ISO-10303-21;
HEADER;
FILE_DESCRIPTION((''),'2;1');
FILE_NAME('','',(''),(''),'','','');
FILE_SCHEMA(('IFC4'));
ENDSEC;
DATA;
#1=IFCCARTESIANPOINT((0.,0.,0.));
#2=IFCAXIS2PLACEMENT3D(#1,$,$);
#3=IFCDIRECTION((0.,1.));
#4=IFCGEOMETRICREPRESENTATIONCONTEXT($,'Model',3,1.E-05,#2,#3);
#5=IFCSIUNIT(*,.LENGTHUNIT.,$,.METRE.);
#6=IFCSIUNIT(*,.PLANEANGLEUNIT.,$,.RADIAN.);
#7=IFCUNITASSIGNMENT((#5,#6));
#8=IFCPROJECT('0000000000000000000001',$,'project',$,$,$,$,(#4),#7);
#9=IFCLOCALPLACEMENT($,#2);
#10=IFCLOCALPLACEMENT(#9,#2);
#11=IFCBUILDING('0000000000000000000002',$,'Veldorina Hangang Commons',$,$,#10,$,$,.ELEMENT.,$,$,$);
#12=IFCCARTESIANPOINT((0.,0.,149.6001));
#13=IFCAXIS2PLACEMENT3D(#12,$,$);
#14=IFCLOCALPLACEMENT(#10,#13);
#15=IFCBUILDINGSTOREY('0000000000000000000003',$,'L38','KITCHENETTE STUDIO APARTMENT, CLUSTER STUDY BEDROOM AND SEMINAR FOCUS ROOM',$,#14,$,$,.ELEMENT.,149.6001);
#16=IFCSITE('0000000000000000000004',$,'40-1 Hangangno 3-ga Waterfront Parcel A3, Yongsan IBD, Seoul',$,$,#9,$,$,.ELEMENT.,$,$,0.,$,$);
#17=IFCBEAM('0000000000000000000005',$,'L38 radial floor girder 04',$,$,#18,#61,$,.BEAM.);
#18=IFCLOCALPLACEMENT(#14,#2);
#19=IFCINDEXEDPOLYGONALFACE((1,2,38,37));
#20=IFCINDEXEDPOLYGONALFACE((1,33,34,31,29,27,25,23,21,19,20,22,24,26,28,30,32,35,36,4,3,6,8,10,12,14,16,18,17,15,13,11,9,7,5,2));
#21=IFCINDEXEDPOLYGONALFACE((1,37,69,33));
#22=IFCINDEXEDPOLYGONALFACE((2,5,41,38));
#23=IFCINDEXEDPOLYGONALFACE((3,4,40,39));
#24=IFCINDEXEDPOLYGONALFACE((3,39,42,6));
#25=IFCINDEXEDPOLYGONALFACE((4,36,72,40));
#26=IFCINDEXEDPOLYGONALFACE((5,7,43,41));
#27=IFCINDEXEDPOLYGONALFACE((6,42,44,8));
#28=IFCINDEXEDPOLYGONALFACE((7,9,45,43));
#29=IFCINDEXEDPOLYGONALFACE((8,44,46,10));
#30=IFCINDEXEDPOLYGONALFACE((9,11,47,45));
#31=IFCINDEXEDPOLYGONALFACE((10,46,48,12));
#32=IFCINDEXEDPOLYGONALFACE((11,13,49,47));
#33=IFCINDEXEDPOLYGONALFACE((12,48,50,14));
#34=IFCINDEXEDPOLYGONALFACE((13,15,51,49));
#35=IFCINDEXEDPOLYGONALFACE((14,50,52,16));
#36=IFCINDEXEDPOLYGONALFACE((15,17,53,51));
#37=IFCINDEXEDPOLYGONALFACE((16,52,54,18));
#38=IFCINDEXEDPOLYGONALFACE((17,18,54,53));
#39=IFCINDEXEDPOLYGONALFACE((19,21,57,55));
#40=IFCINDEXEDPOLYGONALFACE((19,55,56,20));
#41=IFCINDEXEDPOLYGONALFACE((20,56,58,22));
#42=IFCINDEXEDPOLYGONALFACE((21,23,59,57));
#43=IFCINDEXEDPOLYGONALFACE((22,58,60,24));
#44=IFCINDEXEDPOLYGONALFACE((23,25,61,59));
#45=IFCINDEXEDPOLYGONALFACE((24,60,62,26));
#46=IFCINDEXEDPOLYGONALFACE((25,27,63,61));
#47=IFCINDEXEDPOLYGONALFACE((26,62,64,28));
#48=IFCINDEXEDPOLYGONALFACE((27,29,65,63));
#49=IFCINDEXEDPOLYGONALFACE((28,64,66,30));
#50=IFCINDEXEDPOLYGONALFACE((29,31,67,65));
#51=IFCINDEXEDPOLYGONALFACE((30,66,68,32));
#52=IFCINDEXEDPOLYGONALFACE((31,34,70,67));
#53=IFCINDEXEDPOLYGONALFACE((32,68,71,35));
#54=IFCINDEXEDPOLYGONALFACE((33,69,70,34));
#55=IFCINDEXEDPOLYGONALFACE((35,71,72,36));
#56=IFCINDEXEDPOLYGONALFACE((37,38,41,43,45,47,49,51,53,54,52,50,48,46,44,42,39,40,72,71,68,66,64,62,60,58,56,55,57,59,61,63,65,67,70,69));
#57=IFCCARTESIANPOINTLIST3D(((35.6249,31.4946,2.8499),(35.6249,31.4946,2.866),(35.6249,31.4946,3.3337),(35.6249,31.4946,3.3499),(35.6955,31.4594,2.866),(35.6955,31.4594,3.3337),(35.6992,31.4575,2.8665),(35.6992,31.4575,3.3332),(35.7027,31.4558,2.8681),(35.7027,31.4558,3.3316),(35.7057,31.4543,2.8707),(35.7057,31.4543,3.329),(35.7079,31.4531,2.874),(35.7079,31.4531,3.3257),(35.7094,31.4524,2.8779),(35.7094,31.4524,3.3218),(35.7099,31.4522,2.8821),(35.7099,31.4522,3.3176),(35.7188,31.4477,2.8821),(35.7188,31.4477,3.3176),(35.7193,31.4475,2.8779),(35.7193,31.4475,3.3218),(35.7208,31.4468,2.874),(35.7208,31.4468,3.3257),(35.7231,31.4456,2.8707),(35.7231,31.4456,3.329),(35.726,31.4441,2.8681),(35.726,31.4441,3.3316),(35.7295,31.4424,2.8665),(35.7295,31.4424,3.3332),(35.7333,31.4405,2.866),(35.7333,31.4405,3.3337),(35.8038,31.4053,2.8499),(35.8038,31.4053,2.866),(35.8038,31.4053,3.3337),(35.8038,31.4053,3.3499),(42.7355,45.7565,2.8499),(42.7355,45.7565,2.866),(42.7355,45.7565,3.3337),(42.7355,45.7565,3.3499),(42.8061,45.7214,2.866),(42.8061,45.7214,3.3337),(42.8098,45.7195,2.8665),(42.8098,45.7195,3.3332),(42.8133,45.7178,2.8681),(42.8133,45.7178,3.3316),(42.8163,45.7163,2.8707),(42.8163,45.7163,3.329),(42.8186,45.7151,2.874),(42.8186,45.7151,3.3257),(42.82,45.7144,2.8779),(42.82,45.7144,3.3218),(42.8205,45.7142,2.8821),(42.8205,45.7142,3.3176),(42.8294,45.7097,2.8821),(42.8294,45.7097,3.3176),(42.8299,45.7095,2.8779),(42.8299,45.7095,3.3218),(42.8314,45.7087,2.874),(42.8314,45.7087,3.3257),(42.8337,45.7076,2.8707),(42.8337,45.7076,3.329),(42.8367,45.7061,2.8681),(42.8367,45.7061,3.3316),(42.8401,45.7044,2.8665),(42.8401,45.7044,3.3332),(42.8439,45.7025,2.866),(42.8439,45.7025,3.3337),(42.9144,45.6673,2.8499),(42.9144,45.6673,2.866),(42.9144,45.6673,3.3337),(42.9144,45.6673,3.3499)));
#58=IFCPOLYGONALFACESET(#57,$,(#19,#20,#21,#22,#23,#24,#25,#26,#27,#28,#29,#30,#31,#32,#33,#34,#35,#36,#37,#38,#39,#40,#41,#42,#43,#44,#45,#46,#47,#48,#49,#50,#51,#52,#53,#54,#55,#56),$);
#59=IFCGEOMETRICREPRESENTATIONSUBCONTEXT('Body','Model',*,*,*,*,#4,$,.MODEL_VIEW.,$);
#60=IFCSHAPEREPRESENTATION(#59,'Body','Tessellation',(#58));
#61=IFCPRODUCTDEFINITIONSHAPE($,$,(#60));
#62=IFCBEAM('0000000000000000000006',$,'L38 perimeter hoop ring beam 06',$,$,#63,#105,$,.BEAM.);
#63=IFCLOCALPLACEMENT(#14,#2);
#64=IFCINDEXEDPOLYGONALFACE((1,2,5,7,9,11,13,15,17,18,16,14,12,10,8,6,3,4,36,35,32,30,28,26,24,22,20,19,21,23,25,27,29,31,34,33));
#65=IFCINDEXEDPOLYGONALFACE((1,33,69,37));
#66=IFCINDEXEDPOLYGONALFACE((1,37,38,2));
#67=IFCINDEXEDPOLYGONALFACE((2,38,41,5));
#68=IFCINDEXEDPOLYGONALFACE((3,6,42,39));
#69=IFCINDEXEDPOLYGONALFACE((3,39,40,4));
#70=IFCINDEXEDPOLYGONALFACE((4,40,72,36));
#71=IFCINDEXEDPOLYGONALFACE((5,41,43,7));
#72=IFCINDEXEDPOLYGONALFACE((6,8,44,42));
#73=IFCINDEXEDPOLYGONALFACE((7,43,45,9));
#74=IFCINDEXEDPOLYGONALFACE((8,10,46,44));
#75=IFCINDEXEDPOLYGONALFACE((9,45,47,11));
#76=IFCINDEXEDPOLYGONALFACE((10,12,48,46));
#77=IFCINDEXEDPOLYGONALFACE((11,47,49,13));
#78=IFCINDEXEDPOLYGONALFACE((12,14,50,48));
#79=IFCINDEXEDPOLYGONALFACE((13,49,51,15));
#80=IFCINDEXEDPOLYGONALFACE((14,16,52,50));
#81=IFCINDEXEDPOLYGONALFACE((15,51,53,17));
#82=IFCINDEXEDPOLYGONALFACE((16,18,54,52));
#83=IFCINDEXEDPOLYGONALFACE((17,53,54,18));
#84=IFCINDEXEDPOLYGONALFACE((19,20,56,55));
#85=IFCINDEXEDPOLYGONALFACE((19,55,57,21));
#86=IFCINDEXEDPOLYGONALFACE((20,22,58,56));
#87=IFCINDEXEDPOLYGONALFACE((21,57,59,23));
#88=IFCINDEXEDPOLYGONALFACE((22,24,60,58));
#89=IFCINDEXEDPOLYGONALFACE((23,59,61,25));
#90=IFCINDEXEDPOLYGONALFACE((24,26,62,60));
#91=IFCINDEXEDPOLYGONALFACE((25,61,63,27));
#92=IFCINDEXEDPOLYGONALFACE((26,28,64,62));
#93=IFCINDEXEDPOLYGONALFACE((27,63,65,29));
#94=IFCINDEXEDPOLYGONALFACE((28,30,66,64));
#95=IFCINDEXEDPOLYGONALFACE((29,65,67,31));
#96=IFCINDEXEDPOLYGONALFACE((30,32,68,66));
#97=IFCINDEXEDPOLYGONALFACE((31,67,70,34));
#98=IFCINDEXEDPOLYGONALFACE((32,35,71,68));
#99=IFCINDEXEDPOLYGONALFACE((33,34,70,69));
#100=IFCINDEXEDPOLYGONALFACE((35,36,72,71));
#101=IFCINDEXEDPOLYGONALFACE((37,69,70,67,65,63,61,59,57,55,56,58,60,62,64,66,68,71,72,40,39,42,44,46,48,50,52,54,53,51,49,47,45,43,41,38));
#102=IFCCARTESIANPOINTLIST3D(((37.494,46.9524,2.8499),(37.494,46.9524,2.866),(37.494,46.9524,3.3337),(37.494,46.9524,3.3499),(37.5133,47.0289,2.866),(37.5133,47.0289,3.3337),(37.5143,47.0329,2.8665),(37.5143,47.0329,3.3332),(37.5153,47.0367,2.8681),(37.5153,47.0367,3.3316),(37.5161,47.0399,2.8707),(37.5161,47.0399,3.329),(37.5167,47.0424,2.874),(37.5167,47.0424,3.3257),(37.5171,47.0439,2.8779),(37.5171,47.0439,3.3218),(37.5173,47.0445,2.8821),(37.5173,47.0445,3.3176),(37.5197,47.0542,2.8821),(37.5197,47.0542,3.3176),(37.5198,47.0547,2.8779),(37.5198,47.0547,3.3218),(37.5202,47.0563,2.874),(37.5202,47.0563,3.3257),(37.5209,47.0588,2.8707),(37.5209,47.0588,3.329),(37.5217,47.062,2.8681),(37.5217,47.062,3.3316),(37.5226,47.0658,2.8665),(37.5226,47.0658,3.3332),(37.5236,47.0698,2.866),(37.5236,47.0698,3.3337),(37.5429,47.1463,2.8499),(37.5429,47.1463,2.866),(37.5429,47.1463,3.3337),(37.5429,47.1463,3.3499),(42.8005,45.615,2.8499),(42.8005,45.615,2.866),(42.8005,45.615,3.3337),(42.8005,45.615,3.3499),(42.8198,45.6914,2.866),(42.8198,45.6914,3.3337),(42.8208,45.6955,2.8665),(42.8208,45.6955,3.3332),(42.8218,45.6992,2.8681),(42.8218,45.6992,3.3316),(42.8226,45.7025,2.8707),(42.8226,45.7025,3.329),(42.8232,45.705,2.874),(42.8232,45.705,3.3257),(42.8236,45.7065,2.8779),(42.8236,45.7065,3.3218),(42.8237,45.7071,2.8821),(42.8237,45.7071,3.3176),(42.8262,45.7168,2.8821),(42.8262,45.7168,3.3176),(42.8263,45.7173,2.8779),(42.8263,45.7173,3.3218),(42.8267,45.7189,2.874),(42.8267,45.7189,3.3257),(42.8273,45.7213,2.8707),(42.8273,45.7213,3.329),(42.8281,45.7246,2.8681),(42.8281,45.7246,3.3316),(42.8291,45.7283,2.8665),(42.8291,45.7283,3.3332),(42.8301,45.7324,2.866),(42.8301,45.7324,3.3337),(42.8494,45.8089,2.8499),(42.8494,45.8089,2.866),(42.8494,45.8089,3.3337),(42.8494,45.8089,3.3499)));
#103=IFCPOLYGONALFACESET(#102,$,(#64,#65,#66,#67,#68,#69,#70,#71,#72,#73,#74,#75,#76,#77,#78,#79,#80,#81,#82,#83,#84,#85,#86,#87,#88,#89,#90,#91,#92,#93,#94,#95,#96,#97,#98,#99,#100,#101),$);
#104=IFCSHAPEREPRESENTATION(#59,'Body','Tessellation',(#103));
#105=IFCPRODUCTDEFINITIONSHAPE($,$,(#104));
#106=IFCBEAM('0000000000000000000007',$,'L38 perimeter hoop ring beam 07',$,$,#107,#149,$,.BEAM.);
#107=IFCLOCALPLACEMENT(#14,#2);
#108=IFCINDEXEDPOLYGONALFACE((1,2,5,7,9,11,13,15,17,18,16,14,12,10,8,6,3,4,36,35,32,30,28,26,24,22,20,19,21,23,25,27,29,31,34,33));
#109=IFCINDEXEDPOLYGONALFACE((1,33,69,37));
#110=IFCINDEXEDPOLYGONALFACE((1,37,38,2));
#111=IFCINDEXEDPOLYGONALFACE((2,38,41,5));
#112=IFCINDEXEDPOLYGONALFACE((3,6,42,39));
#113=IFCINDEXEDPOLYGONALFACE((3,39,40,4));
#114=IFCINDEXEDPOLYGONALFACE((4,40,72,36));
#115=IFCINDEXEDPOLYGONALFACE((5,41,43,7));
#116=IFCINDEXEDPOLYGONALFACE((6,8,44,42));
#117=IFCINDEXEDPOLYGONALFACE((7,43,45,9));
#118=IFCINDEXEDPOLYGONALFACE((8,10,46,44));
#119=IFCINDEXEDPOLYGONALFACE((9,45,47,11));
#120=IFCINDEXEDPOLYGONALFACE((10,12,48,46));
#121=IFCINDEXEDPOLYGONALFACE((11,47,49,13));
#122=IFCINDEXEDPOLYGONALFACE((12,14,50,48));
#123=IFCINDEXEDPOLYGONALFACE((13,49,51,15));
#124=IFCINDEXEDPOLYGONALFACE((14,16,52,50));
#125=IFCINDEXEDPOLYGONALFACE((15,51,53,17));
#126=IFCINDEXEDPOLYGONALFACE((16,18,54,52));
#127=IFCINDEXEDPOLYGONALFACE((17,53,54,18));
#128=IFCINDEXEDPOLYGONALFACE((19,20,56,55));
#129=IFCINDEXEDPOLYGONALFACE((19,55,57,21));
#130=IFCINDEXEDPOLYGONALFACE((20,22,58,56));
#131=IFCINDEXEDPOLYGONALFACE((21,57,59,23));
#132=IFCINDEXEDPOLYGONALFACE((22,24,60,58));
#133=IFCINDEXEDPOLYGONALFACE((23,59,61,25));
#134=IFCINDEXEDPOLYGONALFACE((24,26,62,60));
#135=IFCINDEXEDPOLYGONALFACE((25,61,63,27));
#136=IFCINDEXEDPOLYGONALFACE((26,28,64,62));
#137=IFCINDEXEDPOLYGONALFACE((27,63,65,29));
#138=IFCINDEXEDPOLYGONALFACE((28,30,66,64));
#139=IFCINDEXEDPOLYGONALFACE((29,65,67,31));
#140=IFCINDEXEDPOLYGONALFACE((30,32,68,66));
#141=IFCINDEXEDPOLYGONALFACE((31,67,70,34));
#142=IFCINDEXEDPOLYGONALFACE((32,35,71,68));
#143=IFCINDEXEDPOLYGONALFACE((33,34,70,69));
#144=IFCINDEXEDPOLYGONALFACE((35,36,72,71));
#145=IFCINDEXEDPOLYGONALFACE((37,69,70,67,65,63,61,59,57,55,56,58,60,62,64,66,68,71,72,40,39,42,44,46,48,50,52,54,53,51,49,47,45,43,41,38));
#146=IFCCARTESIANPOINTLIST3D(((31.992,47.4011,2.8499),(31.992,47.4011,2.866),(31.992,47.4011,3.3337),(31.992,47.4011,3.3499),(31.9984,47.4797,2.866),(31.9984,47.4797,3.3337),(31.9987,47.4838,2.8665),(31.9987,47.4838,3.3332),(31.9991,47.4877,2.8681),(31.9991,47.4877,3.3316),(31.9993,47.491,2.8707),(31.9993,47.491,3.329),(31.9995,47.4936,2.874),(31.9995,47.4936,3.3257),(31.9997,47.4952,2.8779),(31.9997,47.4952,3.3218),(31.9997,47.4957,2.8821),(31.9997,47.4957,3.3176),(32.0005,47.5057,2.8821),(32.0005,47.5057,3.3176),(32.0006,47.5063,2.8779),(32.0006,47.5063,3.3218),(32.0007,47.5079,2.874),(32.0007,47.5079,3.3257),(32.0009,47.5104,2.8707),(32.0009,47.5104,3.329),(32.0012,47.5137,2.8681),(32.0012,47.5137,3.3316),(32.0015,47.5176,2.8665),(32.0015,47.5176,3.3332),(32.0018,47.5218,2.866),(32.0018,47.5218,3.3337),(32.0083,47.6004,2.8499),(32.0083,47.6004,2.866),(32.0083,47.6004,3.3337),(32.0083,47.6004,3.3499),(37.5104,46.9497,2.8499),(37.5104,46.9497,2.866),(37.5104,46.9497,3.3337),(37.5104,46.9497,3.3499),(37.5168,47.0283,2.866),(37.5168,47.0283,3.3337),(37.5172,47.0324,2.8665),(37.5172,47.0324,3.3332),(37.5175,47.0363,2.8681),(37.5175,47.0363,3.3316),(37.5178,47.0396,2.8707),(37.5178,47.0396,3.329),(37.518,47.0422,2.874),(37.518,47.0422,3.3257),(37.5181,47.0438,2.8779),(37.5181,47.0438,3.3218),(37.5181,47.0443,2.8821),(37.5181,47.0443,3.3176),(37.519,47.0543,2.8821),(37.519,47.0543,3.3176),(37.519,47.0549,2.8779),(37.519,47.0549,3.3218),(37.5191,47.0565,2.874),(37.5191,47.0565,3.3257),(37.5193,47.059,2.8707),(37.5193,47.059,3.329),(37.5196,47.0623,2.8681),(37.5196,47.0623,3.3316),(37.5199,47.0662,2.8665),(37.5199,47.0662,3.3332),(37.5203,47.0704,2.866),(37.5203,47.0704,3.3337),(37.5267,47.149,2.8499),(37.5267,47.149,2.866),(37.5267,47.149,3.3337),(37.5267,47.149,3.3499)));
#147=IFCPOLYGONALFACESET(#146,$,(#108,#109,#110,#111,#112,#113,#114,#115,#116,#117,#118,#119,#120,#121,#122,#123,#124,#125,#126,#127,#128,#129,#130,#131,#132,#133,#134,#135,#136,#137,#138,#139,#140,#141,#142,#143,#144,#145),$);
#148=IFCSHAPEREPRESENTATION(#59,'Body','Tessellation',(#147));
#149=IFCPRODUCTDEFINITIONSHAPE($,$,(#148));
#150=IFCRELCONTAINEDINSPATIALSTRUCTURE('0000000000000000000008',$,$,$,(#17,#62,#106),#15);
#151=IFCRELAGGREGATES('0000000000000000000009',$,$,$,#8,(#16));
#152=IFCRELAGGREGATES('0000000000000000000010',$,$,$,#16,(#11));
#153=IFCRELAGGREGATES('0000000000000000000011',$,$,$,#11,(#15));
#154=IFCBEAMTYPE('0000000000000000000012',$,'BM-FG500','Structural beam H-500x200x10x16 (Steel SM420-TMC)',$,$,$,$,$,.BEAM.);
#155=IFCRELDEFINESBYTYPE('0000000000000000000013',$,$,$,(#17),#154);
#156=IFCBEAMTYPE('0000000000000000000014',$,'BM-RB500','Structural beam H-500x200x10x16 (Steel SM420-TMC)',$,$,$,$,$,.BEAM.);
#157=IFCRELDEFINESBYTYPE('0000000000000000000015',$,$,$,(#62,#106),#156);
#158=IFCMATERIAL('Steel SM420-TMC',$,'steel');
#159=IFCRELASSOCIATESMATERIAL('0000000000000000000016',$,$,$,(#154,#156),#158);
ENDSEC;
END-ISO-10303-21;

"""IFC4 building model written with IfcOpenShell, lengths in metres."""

from ifc_helpers import new_model, si_unit, direction, frame, origin, origin_2d, place, context, subcontext, project, spatial, i_section, extrude, material, material_profile, profile_set, type_object, element, save


model = new_model("IFC4")

# Units and contexts
model_context = context("Model", 3, precision=1e-05, world=origin(), true_north=direction((0.0, 1.0)))
body_context = subcontext(model_context, "Body", "Model", "MODEL_VIEW")
ifc_project = project(units=[si_unit("LENGTHUNIT", "METRE"), si_unit("PLANEANGLEUNIT", "RADIAN")], contexts=[model_context])

# Site, building, storey
site_placement = place(None, origin())
site = spatial("IfcSite", under=ifc_project, at=site_placement, Name="40-1 Hangangno 3-ga Waterfront Parcel A3, Yongsan IBD, Seoul", CompositionType="ELEMENT", RefElevation=0.0)
building_placement = place(site_placement, origin())
building = spatial("IfcBuilding", under=site, at=building_placement, Name="Veldorina Hangang Commons", CompositionType="ELEMENT")
storey_placement = place(building_placement, frame((0.0, 0.0, 149.6001)))
storey = spatial("IfcBuildingStorey", under=building, at=storey_placement, Name="L38", Description="KITCHENETTE STUDIO APARTMENT, CLUSTER STUDY BEDROOM AND SEMINAR FOCUS ROOM", CompositionType="ELEMENT", Elevation=149.6001)

# Beams
ifc_material_1 = material(Name="Steel SM420-TMC", Category="steel")
ifc_material_profile_1 = material_profile(ifc_material_1, i_section(OverallWidth=0.2, OverallDepth=0.5, WebThickness=0.01, FlangeThickness=0.0161, FilletRadius=0.0161, at=origin_2d()), Name="H-500x200x10x16")
ifc_profile_set_1 = profile_set([ifc_material_profile_1], Name="Steel SM420-TMC")
beam_type_1 = type_object("IfcBeamType", Name="BM-FG500", Description="Structural beam H-500x200x10x16 (Steel SM420-TMC)", PredefinedType="BEAM", material=ifc_profile_set_1)
beam_1_placement = place(storey_placement, frame((35.7144, 31.45, 3.0999), z_axis=(0.44619, 0.894938, 0.0), x_axis=(-0.894938, 0.44619, 0.0)))
element("IfcBeam", 1, at=beam_1_placement, inside=storey, type_object=beam_type_1, Name="L38 radial floor girder 04", PredefinedType="BEAM", context=body_context, shape_type="SweptSolid", body=[
    extrude(i_section(OverallWidth=0.2, OverallDepth=0.5, WebThickness=0.01, FlangeThickness=0.0161, FilletRadius=0.0161, at=origin_2d()), origin(), (0.0, 0.0, 1.0), 15.9363),
])
ifc_material_profile_2 = material_profile(ifc_material_1, i_section(OverallWidth=0.2, OverallDepth=0.5, WebThickness=0.01, FlangeThickness=0.0161, FilletRadius=0.0161, at=origin_2d()), Name="H-500x200x10x16")
ifc_profile_set_2 = profile_set([ifc_material_profile_2], Name="Steel SM420-TMC")
beam_type_2 = type_object("IfcBeamType", Name="BM-RB500", Description="Structural beam H-500x200x10x16 (Steel SM420-TMC)", PredefinedType="BEAM", material=ifc_profile_set_2)
beam_2_placement = place(storey_placement, frame((42.825, 45.7119, 3.0999), z_axis=(-0.969676, 0.244393, 0.0), x_axis=(-0.244393, -0.969676, 0.0)))
element("IfcBeam", 2, at=beam_2_placement, inside=storey, type_object=beam_type_2, Name="L38 perimeter hoop ring beam 06", PredefinedType="BEAM", context=body_context, shape_type="SweptSolid", body=[
    extrude(i_section(OverallWidth=0.2, OverallDepth=0.5, WebThickness=0.01, FlangeThickness=0.0161, FilletRadius=0.0161, at=origin_2d()), origin(), (0.0, 0.0, 1.0), 5.4724),
])
beam_3_placement = place(storey_placement, frame((37.5186, 47.0493, 3.0999), z_axis=(-0.996671, 0.081527, 0.0), x_axis=(-0.081527, -0.996671, 0.0)))
element("IfcBeam", 3, at=beam_3_placement, inside=storey, type_object=beam_type_2, Name="L38 perimeter hoop ring beam 07", PredefinedType="BEAM", context=body_context, shape_type="SweptSolid", body=[
    extrude(i_section(OverallWidth=0.2, OverallDepth=0.5, WebThickness=0.01, FlangeThickness=0.0161, FilletRadius=0.0161, at=origin_2d()), origin(), (0.0, 0.0, 1.0), 5.5369),
])

save(model, "model.ifc")
